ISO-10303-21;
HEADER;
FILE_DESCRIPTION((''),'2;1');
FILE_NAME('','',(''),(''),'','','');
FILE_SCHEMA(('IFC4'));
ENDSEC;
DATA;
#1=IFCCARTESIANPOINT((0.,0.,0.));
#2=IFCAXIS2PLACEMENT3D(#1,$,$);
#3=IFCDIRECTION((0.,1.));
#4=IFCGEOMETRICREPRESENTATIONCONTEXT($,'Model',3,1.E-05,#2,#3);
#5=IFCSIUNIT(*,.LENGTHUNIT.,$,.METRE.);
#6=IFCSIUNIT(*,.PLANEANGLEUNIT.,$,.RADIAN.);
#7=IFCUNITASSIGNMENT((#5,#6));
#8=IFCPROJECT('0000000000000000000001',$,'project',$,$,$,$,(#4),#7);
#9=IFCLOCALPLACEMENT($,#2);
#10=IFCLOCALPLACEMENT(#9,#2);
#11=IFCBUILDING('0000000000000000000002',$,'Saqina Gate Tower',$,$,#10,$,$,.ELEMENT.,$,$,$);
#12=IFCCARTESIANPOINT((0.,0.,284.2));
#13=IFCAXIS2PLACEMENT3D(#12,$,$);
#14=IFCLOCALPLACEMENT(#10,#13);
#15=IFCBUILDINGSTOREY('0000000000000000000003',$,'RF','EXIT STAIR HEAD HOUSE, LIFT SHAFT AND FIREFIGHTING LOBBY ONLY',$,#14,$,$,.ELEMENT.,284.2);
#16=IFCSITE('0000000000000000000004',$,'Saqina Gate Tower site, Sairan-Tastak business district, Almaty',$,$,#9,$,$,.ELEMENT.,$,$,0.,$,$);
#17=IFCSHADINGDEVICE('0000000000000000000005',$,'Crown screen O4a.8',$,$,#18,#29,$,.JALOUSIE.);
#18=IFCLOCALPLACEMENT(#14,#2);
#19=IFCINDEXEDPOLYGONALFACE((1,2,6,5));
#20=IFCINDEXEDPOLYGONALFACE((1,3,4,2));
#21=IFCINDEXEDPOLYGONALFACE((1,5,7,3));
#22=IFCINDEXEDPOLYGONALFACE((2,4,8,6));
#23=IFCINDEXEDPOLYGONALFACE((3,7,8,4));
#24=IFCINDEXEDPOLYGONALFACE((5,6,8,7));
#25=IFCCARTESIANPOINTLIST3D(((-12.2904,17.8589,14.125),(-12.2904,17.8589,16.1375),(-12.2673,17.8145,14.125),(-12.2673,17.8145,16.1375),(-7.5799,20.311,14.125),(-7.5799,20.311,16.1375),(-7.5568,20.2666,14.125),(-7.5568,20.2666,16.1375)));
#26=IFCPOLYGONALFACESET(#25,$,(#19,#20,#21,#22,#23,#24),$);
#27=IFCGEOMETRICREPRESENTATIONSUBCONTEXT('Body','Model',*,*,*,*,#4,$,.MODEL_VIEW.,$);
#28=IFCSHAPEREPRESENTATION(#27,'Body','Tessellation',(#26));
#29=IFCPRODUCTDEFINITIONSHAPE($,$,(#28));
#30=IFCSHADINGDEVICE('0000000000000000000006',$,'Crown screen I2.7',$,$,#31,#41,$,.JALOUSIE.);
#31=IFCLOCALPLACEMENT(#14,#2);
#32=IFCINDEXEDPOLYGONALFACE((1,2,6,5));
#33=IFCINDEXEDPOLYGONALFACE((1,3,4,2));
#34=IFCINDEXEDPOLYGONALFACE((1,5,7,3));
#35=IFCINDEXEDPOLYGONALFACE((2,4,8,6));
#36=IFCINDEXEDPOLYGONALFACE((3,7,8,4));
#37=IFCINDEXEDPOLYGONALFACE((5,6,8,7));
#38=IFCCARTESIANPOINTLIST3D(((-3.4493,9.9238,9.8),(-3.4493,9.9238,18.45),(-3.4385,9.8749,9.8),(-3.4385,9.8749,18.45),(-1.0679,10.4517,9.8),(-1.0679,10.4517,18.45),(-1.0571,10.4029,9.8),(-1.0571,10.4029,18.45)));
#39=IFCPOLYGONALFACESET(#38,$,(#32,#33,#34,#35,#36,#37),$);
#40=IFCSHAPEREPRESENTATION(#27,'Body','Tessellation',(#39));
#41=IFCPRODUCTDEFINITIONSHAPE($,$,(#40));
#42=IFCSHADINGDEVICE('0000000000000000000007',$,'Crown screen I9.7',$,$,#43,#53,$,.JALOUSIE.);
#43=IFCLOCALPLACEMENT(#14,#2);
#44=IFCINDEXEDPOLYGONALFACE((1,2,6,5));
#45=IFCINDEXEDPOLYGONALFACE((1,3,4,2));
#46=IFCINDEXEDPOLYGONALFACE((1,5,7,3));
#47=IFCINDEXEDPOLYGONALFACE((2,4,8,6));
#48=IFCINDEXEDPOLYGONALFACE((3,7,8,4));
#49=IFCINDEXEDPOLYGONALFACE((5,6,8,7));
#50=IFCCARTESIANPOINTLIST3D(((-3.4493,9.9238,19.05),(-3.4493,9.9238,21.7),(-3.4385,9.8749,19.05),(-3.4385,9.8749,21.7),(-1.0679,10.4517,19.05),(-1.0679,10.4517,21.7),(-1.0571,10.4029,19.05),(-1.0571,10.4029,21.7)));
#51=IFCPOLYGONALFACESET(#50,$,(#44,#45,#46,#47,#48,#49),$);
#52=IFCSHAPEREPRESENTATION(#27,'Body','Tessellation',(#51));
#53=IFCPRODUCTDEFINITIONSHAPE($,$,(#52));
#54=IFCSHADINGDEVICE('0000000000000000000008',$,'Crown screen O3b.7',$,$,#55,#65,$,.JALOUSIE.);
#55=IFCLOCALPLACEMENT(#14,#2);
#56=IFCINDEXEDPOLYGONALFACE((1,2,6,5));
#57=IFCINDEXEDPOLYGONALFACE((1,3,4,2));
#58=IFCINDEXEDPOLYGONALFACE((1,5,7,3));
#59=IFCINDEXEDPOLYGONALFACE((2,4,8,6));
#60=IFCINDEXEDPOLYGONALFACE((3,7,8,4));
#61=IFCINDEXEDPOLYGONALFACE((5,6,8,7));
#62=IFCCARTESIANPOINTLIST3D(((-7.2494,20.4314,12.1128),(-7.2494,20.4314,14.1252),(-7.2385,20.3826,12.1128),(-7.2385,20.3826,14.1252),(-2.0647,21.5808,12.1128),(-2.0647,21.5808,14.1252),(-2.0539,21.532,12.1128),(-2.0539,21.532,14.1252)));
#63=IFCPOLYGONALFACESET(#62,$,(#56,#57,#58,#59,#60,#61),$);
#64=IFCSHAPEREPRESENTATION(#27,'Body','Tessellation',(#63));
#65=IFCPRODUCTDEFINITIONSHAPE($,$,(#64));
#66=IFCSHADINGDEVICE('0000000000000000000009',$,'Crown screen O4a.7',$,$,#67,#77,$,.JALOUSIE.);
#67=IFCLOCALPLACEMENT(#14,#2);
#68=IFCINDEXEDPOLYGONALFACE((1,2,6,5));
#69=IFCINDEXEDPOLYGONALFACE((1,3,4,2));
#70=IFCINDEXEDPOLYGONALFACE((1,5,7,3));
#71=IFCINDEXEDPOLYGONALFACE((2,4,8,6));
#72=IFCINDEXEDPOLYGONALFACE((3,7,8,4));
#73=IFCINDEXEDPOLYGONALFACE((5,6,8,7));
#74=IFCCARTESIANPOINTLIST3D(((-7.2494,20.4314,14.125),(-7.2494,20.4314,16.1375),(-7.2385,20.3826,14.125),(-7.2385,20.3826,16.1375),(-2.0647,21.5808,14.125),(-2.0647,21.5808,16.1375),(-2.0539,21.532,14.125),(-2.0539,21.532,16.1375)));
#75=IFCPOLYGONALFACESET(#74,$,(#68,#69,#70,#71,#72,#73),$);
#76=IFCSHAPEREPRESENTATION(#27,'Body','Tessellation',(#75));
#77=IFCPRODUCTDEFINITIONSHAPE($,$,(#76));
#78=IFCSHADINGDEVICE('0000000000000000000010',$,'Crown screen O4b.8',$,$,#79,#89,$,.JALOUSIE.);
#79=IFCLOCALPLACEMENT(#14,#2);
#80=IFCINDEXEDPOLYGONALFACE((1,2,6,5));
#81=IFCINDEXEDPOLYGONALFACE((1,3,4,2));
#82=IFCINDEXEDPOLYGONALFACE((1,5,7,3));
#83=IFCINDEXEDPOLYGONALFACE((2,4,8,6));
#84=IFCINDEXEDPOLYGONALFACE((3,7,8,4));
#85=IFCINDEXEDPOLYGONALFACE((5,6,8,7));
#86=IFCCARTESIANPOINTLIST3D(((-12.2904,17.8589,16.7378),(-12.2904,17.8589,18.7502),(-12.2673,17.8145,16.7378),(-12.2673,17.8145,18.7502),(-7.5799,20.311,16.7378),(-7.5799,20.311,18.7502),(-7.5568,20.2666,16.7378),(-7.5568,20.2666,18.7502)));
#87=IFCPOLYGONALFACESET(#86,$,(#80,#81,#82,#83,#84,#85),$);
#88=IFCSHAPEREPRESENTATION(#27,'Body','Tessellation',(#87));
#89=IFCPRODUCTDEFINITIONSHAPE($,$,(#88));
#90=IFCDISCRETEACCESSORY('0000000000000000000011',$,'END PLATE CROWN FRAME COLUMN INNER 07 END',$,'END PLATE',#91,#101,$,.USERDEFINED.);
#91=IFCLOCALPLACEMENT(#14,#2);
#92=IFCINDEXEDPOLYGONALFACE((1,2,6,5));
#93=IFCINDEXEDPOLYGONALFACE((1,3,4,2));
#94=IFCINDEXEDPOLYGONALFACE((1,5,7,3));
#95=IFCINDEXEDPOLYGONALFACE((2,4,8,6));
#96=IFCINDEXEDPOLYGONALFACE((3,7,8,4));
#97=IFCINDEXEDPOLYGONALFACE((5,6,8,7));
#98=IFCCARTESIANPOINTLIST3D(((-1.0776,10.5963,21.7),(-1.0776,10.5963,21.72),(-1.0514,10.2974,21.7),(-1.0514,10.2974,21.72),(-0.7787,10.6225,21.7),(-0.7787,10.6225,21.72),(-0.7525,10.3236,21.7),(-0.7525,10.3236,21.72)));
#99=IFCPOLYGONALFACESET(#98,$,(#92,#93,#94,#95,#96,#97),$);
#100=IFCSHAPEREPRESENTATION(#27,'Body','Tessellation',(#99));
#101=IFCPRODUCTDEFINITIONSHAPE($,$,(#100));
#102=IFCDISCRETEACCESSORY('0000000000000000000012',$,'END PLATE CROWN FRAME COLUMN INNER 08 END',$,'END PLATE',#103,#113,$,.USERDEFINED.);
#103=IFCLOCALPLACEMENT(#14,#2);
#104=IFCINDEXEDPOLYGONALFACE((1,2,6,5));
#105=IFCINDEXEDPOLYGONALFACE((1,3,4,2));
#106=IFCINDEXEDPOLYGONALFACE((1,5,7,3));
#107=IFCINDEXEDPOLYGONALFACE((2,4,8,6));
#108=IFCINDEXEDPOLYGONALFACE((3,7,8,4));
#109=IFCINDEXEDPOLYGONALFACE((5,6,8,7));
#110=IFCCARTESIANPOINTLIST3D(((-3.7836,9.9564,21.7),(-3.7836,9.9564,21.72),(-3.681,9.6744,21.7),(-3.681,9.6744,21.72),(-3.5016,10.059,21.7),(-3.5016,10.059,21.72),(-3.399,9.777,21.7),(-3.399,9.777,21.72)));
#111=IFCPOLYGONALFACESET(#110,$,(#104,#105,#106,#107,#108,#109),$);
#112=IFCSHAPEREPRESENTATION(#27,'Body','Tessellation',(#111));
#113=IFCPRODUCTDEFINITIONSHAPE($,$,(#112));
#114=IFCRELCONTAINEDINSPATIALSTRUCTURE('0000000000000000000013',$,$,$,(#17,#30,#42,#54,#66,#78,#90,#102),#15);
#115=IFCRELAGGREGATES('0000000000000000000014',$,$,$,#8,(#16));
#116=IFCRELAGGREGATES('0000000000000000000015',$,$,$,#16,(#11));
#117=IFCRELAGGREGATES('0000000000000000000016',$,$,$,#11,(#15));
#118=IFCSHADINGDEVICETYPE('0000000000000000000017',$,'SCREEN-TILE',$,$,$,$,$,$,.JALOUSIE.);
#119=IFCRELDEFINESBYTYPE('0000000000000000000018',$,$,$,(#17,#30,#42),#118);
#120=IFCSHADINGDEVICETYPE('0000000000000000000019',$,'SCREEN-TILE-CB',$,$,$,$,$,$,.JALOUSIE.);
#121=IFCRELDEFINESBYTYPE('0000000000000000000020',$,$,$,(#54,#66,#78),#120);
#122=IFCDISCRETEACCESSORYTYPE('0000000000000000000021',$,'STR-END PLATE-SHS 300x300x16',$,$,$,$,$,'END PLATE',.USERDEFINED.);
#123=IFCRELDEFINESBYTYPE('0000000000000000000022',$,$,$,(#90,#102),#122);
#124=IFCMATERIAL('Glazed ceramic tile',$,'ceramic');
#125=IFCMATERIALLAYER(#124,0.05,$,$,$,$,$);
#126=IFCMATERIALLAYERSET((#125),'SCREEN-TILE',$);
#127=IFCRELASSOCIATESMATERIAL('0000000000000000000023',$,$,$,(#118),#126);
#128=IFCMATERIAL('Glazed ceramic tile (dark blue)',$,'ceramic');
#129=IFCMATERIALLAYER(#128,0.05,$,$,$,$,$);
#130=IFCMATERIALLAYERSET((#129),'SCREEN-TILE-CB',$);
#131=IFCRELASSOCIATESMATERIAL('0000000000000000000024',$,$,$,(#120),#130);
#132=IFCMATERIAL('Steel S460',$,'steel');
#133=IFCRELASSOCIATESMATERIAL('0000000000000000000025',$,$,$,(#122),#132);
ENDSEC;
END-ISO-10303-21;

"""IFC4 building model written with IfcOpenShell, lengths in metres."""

from ifc_helpers import new_model, si_unit, direction, frame, origin, origin_2d, place, context, subcontext, project, spatial, rectangle, extrude, material, layer, layer_set, material_profile, profile_set, type_object, element, save


model = new_model("IFC4")

# Units and contexts
model_context = context("Model", 3, precision=1e-05, world=origin(), true_north=direction((0.0, 1.0)))
body_context = subcontext(model_context, "Body", "Model", "MODEL_VIEW")
ifc_project = project(units=[si_unit("LENGTHUNIT", "METRE"), si_unit("PLANEANGLEUNIT", "RADIAN")], contexts=[model_context])

# Site, building, storey
site_placement = place(None, origin())
site = spatial("IfcSite", under=ifc_project, at=site_placement, Name="Saqina Gate Tower site, Sairan-Tastak business district, Almaty", CompositionType="ELEMENT", RefElevation=0.0)
building_placement = place(site_placement, origin())
building = spatial("IfcBuilding", under=site, at=building_placement, Name="Saqina Gate Tower", CompositionType="ELEMENT")
storey_placement = place(building_placement, frame((0.0, 0.0, 284.2)))
storey = spatial("IfcBuildingStorey", under=building, at=storey_placement, Name="RF", Description="EXIT STAIR HEAD HOUSE, LIFT SHAFT AND FIREFIGHTING LOBBY ONLY", CompositionType="ELEMENT", Elevation=284.2)

# Shading devices
ifc_material_1 = material(Name="Glazed ceramic tile", Category="ceramic")
ifc_layer_1 = layer(ifc_material_1, 0.05)
ifc_layer_set_1 = layer_set([ifc_layer_1], Name="SCREEN-TILE")
shading_device_type_1 = type_object("IfcShadingDeviceType", Name="SCREEN-TILE", PredefinedType="JALOUSIE", material=ifc_layer_set_1)
for number, where, z_axis, x_axis, name in (
    (1, (-9.9236, 19.0627, 14.125), (0.0, 0.0, 1.0), (-0.887011, -0.461749, 0.0), "Crown screen O4a.8"),
):
    element("IfcShadingDevice", number, at=place(storey_placement, frame(where, z_axis=z_axis, x_axis=x_axis)), inside=storey, type_object=shading_device_type_1, Name=name, PredefinedType="JALOUSIE", context=body_context, shape_type="SweptSolid", body=[
        extrude(rectangle(XDim=5.3105, YDim=0.05, at=origin_2d()), origin(), (0.0, 0.0, 1.0), 2.0125),
    ])
shading_device_1_placement = place(storey_placement, frame((-2.2532, 10.1633, 9.8), z_axis=(0.0, 0.0, 1.0), x_axis=(-0.976296, -0.21644, 0.0)))
element("IfcShadingDevice", 2, at=shading_device_1_placement, inside=storey, type_object=shading_device_type_1, Name="Crown screen I2.7", PredefinedType="JALOUSIE", context=body_context, shape_type="SweptSolid", body=[
    extrude(rectangle(XDim=2.4392, YDim=0.05, at=origin_2d()), origin(), (0.0, 0.0, 1.0), 8.6499),
])
shading_device_2_placement = place(storey_placement, frame((-2.2532, 10.1633, 19.05), z_axis=(0.0, 0.0, 1.0), x_axis=(-0.976296, -0.21644, 0.0)))
element("IfcShadingDevice", 3, at=shading_device_2_placement, inside=storey, type_object=shading_device_type_1, Name="Crown screen I9.7", PredefinedType="JALOUSIE", context=body_context, shape_type="SweptSolid", body=[
    extrude(rectangle(XDim=2.4392, YDim=0.05, at=origin_2d()), origin(), (0.0, 0.0, 1.0), 2.6499),
])
ifc_material_2 = material(Name="Glazed ceramic tile (dark blue)", Category="ceramic")
ifc_layer_2 = layer(ifc_material_2, 0.05)
ifc_layer_set_2 = layer_set([ifc_layer_2], Name="SCREEN-TILE-CB")
shading_device_type_2 = type_object("IfcShadingDeviceType", Name="SCREEN-TILE-CB", PredefinedType="JALOUSIE", material=ifc_layer_set_2)
for number, where, z_axis, x_axis, name in (
    (4, (-4.6516, 20.9817, 12.1128), (0.0, 0.0, 1.0), (-0.976296, -0.21644, 0.0), "Crown screen O3b.7"),
    (5, (-4.6516, 20.9817, 14.125), (0.0, 0.0, 1.0), (-0.976296, -0.21644, 0.0), "Crown screen O4a.7"),
    (6, (-9.9236, 19.0627, 16.7378), (0.0, 0.0, 1.0), (-0.887011, -0.461749, 0.0), "Crown screen O4b.8"),
):
    element("IfcShadingDevice", number, at=place(storey_placement, frame(where, z_axis=z_axis, x_axis=x_axis)), inside=storey, type_object=shading_device_type_2, Name=name, PredefinedType="JALOUSIE", context=body_context, shape_type="SweptSolid", body=[
        extrude(rectangle(XDim=5.3105, YDim=0.05, at=origin_2d()), origin(), (0.0, 0.0, 1.0), 2.0125),
    ])

# Discrete accessories
ifc_material_3 = material(Name="Steel S460", Category="steel")
ifc_material_profile_1 = material_profile(ifc_material_3, rectangle(XDim=0.3, YDim=0.3, at=origin_2d()), Name="STR-END PLATE-SHS 300x300x16")
ifc_profile_set_1 = profile_set([ifc_material_profile_1], Name="Steel S460")
discrete_accessory_type = type_object("IfcDiscreteAccessoryType", Name="STR-END PLATE-SHS 300x300x16", ElementType="END PLATE", PredefinedType="USERDEFINED", material=ifc_profile_set_1)
for number, where, z_axis, x_axis, name in (
    (7, (-0.915, 10.46, 21.7), (0.0, 0.0, 1.0), (-0.087156, 0.996195, 0.0), "END PLATE CROWN FRAME COLUMN INNER 07 END"),
    (8, (-3.5913, 9.8667, 21.7), (0.0, 0.0, 1.0), (-0.34202, 0.939693, 0.0), "END PLATE CROWN FRAME COLUMN INNER 08 END"),
):
    element("IfcDiscreteAccessory", number, at=place(storey_placement, frame(where, z_axis=z_axis, x_axis=x_axis)), inside=storey, type_object=discrete_accessory_type, Name=name, ObjectType="END PLATE", PredefinedType="USERDEFINED", context=body_context, shape_type="SweptSolid", body=[
        extrude(rectangle(XDim=0.3, YDim=0.3, at=origin_2d()), origin(), (0.0, 0.0, 1.0), 0.02),
    ])

save(model, "model.ifc")
